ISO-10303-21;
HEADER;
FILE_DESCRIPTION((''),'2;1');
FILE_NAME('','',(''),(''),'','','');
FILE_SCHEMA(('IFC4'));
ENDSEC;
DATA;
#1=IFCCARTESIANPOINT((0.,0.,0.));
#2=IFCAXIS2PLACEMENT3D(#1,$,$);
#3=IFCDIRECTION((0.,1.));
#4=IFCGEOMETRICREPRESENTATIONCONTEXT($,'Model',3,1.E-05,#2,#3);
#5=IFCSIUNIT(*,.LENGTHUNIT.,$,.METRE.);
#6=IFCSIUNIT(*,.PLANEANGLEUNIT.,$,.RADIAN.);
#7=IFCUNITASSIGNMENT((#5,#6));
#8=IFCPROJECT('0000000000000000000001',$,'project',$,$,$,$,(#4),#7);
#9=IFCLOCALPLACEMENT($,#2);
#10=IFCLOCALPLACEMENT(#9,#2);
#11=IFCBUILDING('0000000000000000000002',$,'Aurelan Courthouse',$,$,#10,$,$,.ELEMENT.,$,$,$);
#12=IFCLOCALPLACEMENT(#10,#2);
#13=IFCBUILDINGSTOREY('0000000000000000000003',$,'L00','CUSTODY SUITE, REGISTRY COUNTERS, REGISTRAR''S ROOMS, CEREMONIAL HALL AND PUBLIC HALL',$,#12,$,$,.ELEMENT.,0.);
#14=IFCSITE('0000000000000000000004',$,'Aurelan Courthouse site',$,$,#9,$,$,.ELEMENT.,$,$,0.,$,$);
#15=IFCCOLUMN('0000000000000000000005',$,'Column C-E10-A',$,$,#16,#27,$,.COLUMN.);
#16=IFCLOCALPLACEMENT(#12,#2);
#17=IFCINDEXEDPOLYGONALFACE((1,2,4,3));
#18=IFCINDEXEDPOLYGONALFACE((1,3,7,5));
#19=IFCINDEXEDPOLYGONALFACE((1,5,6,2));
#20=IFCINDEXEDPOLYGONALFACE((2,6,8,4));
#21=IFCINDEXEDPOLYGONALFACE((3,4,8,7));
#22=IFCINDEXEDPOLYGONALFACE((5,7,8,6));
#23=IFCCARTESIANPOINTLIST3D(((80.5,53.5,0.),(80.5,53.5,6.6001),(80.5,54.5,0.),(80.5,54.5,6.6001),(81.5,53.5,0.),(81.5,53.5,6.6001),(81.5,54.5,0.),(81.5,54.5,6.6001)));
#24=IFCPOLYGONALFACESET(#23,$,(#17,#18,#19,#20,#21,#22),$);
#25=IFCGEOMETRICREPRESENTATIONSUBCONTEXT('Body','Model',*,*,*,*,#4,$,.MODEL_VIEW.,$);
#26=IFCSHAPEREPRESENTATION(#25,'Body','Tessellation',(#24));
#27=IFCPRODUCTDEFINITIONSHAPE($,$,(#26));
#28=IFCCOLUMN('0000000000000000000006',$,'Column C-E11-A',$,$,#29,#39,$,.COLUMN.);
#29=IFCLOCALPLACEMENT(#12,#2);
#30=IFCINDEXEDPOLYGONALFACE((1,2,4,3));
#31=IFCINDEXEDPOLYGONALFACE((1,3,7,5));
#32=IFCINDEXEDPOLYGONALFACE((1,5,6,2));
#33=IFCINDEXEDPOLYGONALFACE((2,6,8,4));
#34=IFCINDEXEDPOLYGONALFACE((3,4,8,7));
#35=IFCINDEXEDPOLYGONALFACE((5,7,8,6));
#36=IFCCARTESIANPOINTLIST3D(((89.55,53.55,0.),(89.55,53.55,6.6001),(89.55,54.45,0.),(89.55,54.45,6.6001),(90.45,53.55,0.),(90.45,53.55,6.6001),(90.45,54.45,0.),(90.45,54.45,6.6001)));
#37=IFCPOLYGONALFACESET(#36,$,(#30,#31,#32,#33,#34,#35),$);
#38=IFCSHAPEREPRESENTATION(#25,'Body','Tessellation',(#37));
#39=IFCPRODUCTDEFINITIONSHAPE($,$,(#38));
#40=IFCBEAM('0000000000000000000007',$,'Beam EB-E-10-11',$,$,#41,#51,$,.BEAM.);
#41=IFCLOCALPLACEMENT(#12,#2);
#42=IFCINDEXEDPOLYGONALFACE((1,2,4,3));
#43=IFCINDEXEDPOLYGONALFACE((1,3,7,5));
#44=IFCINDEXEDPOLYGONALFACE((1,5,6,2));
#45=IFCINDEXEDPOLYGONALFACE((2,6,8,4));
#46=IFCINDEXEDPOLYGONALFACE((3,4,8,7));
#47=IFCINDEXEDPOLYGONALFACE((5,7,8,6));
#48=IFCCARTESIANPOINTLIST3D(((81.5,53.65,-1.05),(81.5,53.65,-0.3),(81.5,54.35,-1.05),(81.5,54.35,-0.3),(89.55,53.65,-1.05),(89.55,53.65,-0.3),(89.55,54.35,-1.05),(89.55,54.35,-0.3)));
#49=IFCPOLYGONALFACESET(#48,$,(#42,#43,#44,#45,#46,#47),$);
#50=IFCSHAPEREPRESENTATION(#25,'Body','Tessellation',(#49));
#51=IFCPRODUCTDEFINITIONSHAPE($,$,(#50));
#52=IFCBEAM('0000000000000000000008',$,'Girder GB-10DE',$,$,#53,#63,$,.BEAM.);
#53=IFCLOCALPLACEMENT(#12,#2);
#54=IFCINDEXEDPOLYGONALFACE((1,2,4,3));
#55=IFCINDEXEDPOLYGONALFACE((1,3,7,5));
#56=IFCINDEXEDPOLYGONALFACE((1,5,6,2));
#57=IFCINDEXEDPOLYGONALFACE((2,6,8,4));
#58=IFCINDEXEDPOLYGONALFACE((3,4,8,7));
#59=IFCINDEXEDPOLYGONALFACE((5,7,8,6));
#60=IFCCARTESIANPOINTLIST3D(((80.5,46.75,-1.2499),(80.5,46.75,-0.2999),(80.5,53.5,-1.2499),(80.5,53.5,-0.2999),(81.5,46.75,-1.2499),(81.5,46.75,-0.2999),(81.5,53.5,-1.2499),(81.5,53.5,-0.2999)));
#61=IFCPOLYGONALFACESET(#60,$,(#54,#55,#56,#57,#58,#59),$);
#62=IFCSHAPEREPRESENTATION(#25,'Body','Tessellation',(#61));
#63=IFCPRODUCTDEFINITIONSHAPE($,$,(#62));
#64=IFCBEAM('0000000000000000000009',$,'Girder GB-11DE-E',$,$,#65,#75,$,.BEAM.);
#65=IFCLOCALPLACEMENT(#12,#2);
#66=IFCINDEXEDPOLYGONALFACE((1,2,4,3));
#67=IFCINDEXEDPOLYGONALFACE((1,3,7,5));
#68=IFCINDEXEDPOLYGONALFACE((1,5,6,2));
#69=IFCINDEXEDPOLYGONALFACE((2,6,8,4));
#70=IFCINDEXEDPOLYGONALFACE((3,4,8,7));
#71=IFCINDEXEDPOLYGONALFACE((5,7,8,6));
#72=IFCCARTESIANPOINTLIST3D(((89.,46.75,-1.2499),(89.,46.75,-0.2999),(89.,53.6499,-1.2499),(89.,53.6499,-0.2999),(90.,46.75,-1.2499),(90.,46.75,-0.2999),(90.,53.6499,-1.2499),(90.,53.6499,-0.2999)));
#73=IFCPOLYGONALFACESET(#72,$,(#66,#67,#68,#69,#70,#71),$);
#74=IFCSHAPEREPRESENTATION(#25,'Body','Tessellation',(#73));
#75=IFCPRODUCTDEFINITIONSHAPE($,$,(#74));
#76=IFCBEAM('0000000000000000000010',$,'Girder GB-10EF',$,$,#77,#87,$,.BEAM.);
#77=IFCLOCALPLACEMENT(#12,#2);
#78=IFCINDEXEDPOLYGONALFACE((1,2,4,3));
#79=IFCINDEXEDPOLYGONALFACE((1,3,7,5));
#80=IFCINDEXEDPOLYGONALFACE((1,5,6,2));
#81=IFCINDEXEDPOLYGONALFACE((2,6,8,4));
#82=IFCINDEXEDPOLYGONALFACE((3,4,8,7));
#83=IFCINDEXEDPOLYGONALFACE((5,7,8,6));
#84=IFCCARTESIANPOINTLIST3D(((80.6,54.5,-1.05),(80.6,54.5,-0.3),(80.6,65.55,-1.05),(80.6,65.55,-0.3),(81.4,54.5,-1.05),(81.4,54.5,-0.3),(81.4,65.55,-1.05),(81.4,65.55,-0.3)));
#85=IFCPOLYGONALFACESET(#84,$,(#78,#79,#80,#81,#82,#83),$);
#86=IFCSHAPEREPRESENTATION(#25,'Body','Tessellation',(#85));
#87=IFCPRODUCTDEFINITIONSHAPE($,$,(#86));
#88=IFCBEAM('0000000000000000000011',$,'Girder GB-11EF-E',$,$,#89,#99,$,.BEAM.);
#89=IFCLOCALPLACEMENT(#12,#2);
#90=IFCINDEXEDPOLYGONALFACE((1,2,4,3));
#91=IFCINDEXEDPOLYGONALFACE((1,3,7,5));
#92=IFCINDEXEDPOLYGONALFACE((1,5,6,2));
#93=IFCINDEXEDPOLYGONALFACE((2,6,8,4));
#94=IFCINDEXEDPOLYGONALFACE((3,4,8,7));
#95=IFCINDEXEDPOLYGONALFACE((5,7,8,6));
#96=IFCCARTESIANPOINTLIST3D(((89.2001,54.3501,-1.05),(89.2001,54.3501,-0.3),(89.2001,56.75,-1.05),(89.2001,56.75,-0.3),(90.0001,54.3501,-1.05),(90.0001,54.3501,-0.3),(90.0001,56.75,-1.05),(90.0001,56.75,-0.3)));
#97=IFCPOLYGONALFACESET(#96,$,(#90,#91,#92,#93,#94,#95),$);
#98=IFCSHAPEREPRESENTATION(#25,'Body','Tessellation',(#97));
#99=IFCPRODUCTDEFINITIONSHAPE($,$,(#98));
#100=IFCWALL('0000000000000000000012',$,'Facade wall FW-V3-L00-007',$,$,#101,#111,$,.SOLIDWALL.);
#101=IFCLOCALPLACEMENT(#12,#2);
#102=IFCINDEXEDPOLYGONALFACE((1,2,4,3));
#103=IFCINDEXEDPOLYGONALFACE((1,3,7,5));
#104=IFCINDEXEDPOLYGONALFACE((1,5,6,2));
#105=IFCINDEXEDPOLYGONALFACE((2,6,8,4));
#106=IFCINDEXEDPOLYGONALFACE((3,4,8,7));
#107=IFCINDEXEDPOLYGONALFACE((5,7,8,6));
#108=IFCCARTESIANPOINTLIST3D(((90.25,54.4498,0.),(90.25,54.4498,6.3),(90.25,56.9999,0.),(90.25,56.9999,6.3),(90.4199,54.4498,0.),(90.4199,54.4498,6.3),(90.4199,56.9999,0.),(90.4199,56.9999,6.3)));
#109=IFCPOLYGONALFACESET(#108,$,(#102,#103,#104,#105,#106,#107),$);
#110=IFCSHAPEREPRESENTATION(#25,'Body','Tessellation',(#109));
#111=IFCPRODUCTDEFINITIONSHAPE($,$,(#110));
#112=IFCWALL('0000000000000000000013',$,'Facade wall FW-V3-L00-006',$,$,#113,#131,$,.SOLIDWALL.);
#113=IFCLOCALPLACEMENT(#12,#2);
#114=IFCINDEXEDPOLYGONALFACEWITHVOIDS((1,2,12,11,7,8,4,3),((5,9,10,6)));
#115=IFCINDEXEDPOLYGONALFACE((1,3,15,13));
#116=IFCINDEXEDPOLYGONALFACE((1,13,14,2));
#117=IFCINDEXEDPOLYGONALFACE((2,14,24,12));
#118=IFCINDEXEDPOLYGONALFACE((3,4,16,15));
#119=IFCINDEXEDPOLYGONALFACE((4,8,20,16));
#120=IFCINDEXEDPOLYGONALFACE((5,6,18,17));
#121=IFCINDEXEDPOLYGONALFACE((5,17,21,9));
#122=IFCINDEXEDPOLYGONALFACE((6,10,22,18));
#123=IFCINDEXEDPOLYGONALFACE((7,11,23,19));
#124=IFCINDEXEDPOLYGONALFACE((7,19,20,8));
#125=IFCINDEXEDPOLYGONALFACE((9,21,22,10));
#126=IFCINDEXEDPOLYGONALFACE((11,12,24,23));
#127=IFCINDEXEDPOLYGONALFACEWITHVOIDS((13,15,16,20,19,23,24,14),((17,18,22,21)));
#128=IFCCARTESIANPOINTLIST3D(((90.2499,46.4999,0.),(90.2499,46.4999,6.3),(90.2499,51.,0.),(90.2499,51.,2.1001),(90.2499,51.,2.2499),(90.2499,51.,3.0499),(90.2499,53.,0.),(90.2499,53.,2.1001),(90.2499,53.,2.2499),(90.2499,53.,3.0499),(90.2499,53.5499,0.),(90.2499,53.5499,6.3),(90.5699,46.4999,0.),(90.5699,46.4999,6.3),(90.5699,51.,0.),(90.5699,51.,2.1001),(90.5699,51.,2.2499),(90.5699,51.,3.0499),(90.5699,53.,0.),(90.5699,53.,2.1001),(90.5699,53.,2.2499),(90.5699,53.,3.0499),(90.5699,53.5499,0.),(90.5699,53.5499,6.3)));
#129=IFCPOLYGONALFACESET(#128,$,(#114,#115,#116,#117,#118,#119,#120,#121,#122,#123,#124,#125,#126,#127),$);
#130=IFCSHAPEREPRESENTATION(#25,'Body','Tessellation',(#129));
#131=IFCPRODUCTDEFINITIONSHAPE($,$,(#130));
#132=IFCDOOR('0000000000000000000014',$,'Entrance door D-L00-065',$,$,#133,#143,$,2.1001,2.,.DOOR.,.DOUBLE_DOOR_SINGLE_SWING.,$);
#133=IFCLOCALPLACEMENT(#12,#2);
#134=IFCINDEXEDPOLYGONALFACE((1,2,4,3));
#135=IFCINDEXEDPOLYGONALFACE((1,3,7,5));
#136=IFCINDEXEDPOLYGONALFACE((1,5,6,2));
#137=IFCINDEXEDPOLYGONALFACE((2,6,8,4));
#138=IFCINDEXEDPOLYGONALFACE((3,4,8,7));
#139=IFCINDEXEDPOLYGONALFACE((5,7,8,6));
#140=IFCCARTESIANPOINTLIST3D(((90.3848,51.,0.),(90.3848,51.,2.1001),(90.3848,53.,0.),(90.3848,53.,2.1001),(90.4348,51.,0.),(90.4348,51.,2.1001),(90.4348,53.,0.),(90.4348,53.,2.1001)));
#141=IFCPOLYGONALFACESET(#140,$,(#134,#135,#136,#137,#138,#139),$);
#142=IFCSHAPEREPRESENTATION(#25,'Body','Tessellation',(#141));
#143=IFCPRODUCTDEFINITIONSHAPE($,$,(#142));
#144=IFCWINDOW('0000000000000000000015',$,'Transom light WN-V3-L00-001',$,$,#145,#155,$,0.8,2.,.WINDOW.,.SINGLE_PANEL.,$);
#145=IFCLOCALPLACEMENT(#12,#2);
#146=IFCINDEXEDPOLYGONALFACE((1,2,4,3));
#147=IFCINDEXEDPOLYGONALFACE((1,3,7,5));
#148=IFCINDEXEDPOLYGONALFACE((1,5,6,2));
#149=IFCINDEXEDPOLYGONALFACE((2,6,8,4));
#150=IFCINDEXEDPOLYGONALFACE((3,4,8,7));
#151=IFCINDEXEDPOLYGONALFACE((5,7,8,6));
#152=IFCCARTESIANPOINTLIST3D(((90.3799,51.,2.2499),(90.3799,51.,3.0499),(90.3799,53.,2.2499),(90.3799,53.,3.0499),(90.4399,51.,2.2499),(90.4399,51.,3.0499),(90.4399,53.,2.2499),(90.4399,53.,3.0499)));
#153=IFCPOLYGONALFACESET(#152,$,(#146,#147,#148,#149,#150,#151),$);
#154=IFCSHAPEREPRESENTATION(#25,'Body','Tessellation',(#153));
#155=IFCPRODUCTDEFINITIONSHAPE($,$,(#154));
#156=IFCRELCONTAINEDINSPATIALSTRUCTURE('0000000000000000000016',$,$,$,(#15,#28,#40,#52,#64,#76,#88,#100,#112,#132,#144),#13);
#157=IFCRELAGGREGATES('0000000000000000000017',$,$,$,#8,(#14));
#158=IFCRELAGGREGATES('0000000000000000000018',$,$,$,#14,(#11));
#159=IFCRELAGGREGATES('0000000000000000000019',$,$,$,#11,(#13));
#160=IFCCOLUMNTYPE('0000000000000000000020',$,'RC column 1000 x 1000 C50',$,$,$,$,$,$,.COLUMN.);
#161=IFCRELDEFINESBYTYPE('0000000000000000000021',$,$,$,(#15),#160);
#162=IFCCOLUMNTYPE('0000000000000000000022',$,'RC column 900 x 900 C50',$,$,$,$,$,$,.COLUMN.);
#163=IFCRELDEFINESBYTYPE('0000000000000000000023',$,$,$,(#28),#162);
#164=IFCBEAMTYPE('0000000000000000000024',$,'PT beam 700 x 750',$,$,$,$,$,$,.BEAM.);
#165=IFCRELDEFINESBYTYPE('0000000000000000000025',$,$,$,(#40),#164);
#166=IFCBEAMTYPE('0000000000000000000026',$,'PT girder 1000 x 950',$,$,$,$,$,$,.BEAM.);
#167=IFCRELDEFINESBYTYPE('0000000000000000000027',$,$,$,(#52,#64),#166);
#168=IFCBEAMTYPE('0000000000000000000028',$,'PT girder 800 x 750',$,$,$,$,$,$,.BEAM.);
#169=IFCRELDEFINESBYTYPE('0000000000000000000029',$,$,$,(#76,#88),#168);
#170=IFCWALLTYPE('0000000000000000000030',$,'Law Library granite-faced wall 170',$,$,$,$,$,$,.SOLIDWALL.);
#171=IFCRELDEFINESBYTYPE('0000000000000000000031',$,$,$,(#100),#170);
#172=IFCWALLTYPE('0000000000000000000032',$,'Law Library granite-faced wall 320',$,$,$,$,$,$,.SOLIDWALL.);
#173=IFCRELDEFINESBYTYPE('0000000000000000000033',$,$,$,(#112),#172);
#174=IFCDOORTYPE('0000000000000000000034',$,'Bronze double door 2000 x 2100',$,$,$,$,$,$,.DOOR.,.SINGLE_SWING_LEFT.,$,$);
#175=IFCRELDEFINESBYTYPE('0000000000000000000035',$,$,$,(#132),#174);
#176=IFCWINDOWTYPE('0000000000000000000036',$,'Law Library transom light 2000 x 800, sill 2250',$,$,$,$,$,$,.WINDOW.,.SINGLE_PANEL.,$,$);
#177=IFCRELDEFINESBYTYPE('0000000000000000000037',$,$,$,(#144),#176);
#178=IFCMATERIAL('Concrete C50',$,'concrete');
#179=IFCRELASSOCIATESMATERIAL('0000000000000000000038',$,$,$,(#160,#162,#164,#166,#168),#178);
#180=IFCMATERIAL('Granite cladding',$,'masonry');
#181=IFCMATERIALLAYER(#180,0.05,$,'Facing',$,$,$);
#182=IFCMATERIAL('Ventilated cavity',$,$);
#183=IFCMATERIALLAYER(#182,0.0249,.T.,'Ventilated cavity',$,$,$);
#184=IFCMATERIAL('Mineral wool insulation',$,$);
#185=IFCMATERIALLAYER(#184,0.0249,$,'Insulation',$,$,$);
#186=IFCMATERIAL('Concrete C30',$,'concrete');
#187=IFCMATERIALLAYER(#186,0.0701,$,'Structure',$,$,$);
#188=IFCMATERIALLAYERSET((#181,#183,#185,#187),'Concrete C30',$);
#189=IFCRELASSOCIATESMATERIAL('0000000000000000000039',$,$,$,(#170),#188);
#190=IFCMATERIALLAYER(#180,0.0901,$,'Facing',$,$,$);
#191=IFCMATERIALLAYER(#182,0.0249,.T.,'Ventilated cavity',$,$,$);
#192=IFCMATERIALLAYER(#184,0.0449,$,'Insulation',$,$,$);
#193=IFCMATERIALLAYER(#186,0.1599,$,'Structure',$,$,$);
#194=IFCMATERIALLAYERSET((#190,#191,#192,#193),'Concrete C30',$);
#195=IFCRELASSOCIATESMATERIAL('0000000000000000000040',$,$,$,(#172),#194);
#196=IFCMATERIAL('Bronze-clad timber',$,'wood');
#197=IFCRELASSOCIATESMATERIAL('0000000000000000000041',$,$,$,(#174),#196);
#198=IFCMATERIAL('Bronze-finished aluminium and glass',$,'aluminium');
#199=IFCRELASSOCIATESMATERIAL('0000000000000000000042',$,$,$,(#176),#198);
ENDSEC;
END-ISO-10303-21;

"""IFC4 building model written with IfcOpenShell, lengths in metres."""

from ifc_helpers import new_model, si_unit, direction, frame, frame_2d, origin, origin_2d, place, context, subcontext, project, spatial, rectangle, extrude, material, layer, layer_set, material_profile, profile_set, type_object, element, fill, save


model = new_model("IFC4")

# Units and contexts
model_context = context("Model", 3, precision=1e-05, world=origin(), true_north=direction((0.0, 1.0)))
body_context = subcontext(model_context, "Body", "Model", "MODEL_VIEW")
ifc_project = project(units=[si_unit("LENGTHUNIT", "METRE"), si_unit("PLANEANGLEUNIT", "RADIAN")], contexts=[model_context])

# Site, building, storey
site_placement = place(None, origin())
site = spatial("IfcSite", under=ifc_project, at=site_placement, Name="Aurelan Courthouse site", CompositionType="ELEMENT", RefElevation=0.0)
building_placement = place(site_placement, origin())
building = spatial("IfcBuilding", under=site, at=building_placement, Name="Aurelan Courthouse", CompositionType="ELEMENT")
storey_placement = place(building_placement, origin())
storey = spatial("IfcBuildingStorey", under=building, at=storey_placement, Name="L00", Description="CUSTODY SUITE, REGISTRY COUNTERS, REGISTRAR'S ROOMS, CEREMONIAL HALL AND PUBLIC HALL", CompositionType="ELEMENT", Elevation=0.0)

# Columns
ifc_material_1 = material(Name="Concrete C50", Category="concrete")
ifc_material_profile_1 = material_profile(ifc_material_1, rectangle(XDim=1.0, YDim=1.0, at=origin_2d()), Name="RC 1000 x 1000")
ifc_profile_set_1 = profile_set([ifc_material_profile_1], Name="Concrete C50")
column_type_1 = type_object("IfcColumnType", Name="RC column 1000 x 1000 C50", PredefinedType="COLUMN", material=ifc_profile_set_1)
column_1_placement = place(storey_placement, frame((81.0, 54.0, 0.0), z_axis=(0.0, 0.0, 1.0), x_axis=(1.0, 0.0, 0.0)))
element("IfcColumn", 1, at=column_1_placement, inside=storey, type_object=column_type_1, Name="Column C-E10-A", PredefinedType="COLUMN", context=body_context, shape_type="SweptSolid", body=[
    extrude(rectangle(XDim=1.0, YDim=1.0, at=origin_2d()), origin(), (0.0, 0.0, 1.0), 6.6001),
])
ifc_material_profile_2 = material_profile(ifc_material_1, rectangle(XDim=0.8999, YDim=0.8999, at=origin_2d()), Name="RC 900 x 900")
ifc_profile_set_2 = profile_set([ifc_material_profile_2], Name="Concrete C50")
column_type_2 = type_object("IfcColumnType", Name="RC column 900 x 900 C50", PredefinedType="COLUMN", material=ifc_profile_set_2)
column_2_placement = place(storey_placement, frame((90.0, 54.0, 0.0), z_axis=(0.0, 0.0, 1.0), x_axis=(1.0, 0.0, 0.0)))
element("IfcColumn", 2, at=column_2_placement, inside=storey, type_object=column_type_2, Name="Column C-E11-A", PredefinedType="COLUMN", context=body_context, shape_type="SweptSolid", body=[
    extrude(rectangle(XDim=0.8999, YDim=0.8999, at=origin_2d()), origin(), (0.0, 0.0, 1.0), 6.6001),
])

# Beams
ifc_material_profile_3 = material_profile(ifc_material_1, rectangle(XDim=0.7, YDim=0.75, at=origin_2d()), Name="RC 700 x 750")
ifc_profile_set_3 = profile_set([ifc_material_profile_3], Name="Concrete C50")
beam_type_1 = type_object("IfcBeamType", Name="PT beam 700 x 750", PredefinedType="BEAM", material=ifc_profile_set_3)
beam_1_placement = place(storey_placement, frame((81.5, 54.0, -0.675), z_axis=(1.0, 0.0, 0.0), x_axis=(0.0, 1.0, 0.0)))
element("IfcBeam", 3, at=beam_1_placement, inside=storey, type_object=beam_type_1, Name="Beam EB-E-10-11", PredefinedType="BEAM", context=body_context, shape_type="SweptSolid", body=[
    extrude(rectangle(XDim=0.7, YDim=0.75, at=origin_2d()), origin(), (0.0, 0.0, 1.0), 8.05),
])
ifc_material_profile_4 = material_profile(ifc_material_1, rectangle(XDim=1.0, YDim=0.95, at=origin_2d()), Name="RC 1000 x 950")
ifc_profile_set_4 = profile_set([ifc_material_profile_4], Name="Concrete C50")
beam_type_2 = type_object("IfcBeamType", Name="PT girder 1000 x 950", PredefinedType="BEAM", material=ifc_profile_set_4)
beam_2_placement = place(storey_placement, frame((81.0, 46.75, -0.7749), z_axis=(0.0, 1.0, 0.0), x_axis=(-1.0, 0.0, 0.0)))
element("IfcBeam", 4, at=beam_2_placement, inside=storey, type_object=beam_type_2, Name="Girder GB-10DE", PredefinedType="BEAM", context=body_context, shape_type="SweptSolid", body=[
    extrude(rectangle(XDim=1.0, YDim=0.95, at=origin_2d()), origin(), (0.0, 0.0, 1.0), 6.75),
])
beam_3_placement = place(storey_placement, frame((89.5, 46.75, -0.7749), z_axis=(0.0, 1.0, 0.0), x_axis=(-1.0, 0.0, 0.0)))
element("IfcBeam", 5, at=beam_3_placement, inside=storey, type_object=beam_type_2, Name="Girder GB-11DE-E", PredefinedType="BEAM", context=body_context, shape_type="SweptSolid", body=[
    extrude(rectangle(XDim=1.0, YDim=0.95, at=origin_2d()), origin(), (0.0, 0.0, 1.0), 6.8999),
])
ifc_material_profile_5 = material_profile(ifc_material_1, rectangle(XDim=0.8, YDim=0.75, at=origin_2d()), Name="RC 800 x 750")
ifc_profile_set_5 = profile_set([ifc_material_profile_5], Name="Concrete C50")
beam_type_3 = type_object("IfcBeamType", Name="PT girder 800 x 750", PredefinedType="BEAM", material=ifc_profile_set_5)
beam_4_placement = place(storey_placement, frame((81.0, 54.5, -0.675), z_axis=(0.0, 1.0, 0.0), x_axis=(-1.0, 0.0, 0.0)))
element("IfcBeam", 6, at=beam_4_placement, inside=storey, type_object=beam_type_3, Name="Girder GB-10EF", PredefinedType="BEAM", context=body_context, shape_type="SweptSolid", body=[
    extrude(rectangle(XDim=0.8, YDim=0.75, at=origin_2d()), origin(), (0.0, 0.0, 1.0), 11.05),
])
beam_5_placement = place(storey_placement, frame((89.6001, 54.3501, -0.675), z_axis=(0.0, 1.0, 0.0), x_axis=(-1.0, 0.0, 0.0)))
element("IfcBeam", 7, at=beam_5_placement, inside=storey, type_object=beam_type_3, Name="Girder GB-11EF-E", PredefinedType="BEAM", context=body_context, shape_type="SweptSolid", body=[
    extrude(rectangle(XDim=0.8, YDim=0.75, at=origin_2d()), origin(), (0.0, 0.0, 1.0), 2.3999),
])

# Wall
ifc_material_2 = material(Name="Granite cladding", Category="masonry")
ifc_layer_1 = layer(ifc_material_2, 0.05, Name="Facing")
ifc_material_3 = material(Name="Ventilated cavity")
ifc_layer_2 = layer(ifc_material_3, 0.0249, ventilated=True, Name="Ventilated cavity")
ifc_material_4 = material(Name="Mineral wool insulation")
ifc_layer_3 = layer(ifc_material_4, 0.0249, Name="Insulation")
ifc_material_5 = material(Name="Concrete C30", Category="concrete")
ifc_layer_4 = layer(ifc_material_5, 0.0701, Name="Structure")
ifc_layer_set_1 = layer_set([ifc_layer_1, ifc_layer_2, ifc_layer_3, ifc_layer_4], Name="Concrete C30")
wall_type_1 = type_object("IfcWallType", Name="Law Library granite-faced wall 170", PredefinedType="SOLIDWALL", material=ifc_layer_set_1)
wall_1_placement = place(storey_placement, frame((90.335, 54.45, 0.0), z_axis=(0.0, 0.0, 1.0), x_axis=(0.0, 1.0, 0.0)))
element("IfcWall", 8, at=wall_1_placement, inside=storey, type_object=wall_type_1, Name="Facade wall FW-V3-L00-007", PredefinedType="SOLIDWALL", context=body_context, shape_type="SweptSolid", body=[
    extrude(rectangle(XDim=2.55, YDim=0.1699, at=frame_2d((1.2749, 0.0))), origin(), (0.0, 0.0, 1.0), 6.3),
])

# Wall, openings, door, window
ifc_layer_5 = layer(ifc_material_2, 0.0901, Name="Facing")
ifc_layer_6 = layer(ifc_material_3, 0.0249, ventilated=True, Name="Ventilated cavity")
ifc_layer_7 = layer(ifc_material_4, 0.0449, Name="Insulation")
ifc_layer_8 = layer(ifc_material_5, 0.1599, Name="Structure")
ifc_layer_set_2 = layer_set([ifc_layer_5, ifc_layer_6, ifc_layer_7, ifc_layer_8], Name="Concrete C30")
wall_type_2 = type_object("IfcWallType", Name="Law Library granite-faced wall 320", PredefinedType="SOLIDWALL", material=ifc_layer_set_2)
wall_2_placement = place(storey_placement, frame((90.4099, 46.5, 0.0), z_axis=(0.0, 0.0, 1.0), x_axis=(0.0, 1.0, 0.0)))
wall_2 = element("IfcWall", 9, at=wall_2_placement, inside=storey, type_object=wall_type_2, Name="Facade wall FW-V3-L00-006", PredefinedType="SOLIDWALL", context=body_context, shape_type="SweptSolid", body=[
    extrude(rectangle(XDim=7.05, YDim=0.3201, at=frame_2d((3.5249, 0.0))), origin(), (0.0, 0.0, 1.0), 6.3),
])
opening_1_placement = place(wall_2_placement, frame((6.5, 0.0, 0.0), z_axis=(0.0, 0.0, 1.0), x_axis=(-1.0, 0.0, 0.0)))
opening_1 = element("IfcOpeningElement", 10, at=opening_1_placement, cuts=wall_2, PredefinedType="OPENING", context=body_context, shape_type="SweptSolid", body=[
    extrude(rectangle(XDim=2.0, YDim=2.1001, at=frame_2d((1.0, 1.05))), frame((0.0, 0.1699, 0.0), z_axis=(0.0, -1.0, 0.0), x_axis=(1.0, 0.0, 0.0)), (0.0, 0.0, 1.0), 0.3401),
])
opening_2_placement = place(wall_2_placement, frame((4.5, 0.0, 2.25)))
opening_2 = element("IfcOpeningElement", 11, at=opening_2_placement, cuts=wall_2, PredefinedType="OPENING", context=body_context, shape_type="SweptSolid", body=[
    extrude(rectangle(XDim=2.0, YDim=0.8, at=frame_2d((1.0, 0.3999))), frame((0.0, 0.1699, 0.0), z_axis=(0.0, -1.0, 0.0), x_axis=(1.0, 0.0, 0.0)), (0.0, 0.0, 1.0), 0.3401),
])
ifc_material_6 = material(Name="Bronze-clad timber", Category="wood")
door_type_1 = type_object("IfcDoorType", Name="Bronze double door 2000 x 2100", OperationType="SINGLE_SWING_LEFT", PredefinedType="DOOR", material=ifc_material_6)
door_1_placement = place(opening_1_placement, origin())
door_1 = element("IfcDoor", 12, at=door_1_placement, inside=storey, type_object=door_type_1, Name="Entrance door D-L00-065", OperationType="DOUBLE_DOOR_SINGLE_SWING", OverallHeight=2.1001, OverallWidth=2.0, PredefinedType="DOOR", context=body_context, shape_type="SweptSolid", body=[
    extrude(rectangle(XDim=2.0, YDim=2.1001, at=frame_2d((1.0, 1.05))), frame((0.0, 0.0249, 0.0), z_axis=(0.0, -1.0, 0.0), x_axis=(1.0, 0.0, 0.0)), (0.0, 0.0, 1.0), 0.05),
])
fill(opening_1, door_1)
ifc_material_7 = material(Name="Bronze-finished aluminium and glass", Category="aluminium")
window_type = type_object("IfcWindowType", Name="Law Library transom light 2000 x 800, sill 2250", PartitioningType="SINGLE_PANEL", PredefinedType="WINDOW", material=ifc_material_7)
window_placement = place(opening_2_placement, origin())
window = element("IfcWindow", 13, at=window_placement, inside=storey, type_object=window_type, Name="Transom light WN-V3-L00-001", OverallHeight=0.8, OverallWidth=2.0, PartitioningType="SINGLE_PANEL", PredefinedType="WINDOW", context=body_context, shape_type="SweptSolid", body=[
    extrude(rectangle(XDim=2.0, YDim=0.8, at=frame_2d((1.0, 0.3999))), frame((0.0, 0.03, 0.0), z_axis=(0.0, -1.0, 0.0), x_axis=(1.0, 0.0, 0.0)), (0.0, 0.0, 1.0), 0.0601),
])
fill(opening_2, window)

save(model, "model.ifc")
